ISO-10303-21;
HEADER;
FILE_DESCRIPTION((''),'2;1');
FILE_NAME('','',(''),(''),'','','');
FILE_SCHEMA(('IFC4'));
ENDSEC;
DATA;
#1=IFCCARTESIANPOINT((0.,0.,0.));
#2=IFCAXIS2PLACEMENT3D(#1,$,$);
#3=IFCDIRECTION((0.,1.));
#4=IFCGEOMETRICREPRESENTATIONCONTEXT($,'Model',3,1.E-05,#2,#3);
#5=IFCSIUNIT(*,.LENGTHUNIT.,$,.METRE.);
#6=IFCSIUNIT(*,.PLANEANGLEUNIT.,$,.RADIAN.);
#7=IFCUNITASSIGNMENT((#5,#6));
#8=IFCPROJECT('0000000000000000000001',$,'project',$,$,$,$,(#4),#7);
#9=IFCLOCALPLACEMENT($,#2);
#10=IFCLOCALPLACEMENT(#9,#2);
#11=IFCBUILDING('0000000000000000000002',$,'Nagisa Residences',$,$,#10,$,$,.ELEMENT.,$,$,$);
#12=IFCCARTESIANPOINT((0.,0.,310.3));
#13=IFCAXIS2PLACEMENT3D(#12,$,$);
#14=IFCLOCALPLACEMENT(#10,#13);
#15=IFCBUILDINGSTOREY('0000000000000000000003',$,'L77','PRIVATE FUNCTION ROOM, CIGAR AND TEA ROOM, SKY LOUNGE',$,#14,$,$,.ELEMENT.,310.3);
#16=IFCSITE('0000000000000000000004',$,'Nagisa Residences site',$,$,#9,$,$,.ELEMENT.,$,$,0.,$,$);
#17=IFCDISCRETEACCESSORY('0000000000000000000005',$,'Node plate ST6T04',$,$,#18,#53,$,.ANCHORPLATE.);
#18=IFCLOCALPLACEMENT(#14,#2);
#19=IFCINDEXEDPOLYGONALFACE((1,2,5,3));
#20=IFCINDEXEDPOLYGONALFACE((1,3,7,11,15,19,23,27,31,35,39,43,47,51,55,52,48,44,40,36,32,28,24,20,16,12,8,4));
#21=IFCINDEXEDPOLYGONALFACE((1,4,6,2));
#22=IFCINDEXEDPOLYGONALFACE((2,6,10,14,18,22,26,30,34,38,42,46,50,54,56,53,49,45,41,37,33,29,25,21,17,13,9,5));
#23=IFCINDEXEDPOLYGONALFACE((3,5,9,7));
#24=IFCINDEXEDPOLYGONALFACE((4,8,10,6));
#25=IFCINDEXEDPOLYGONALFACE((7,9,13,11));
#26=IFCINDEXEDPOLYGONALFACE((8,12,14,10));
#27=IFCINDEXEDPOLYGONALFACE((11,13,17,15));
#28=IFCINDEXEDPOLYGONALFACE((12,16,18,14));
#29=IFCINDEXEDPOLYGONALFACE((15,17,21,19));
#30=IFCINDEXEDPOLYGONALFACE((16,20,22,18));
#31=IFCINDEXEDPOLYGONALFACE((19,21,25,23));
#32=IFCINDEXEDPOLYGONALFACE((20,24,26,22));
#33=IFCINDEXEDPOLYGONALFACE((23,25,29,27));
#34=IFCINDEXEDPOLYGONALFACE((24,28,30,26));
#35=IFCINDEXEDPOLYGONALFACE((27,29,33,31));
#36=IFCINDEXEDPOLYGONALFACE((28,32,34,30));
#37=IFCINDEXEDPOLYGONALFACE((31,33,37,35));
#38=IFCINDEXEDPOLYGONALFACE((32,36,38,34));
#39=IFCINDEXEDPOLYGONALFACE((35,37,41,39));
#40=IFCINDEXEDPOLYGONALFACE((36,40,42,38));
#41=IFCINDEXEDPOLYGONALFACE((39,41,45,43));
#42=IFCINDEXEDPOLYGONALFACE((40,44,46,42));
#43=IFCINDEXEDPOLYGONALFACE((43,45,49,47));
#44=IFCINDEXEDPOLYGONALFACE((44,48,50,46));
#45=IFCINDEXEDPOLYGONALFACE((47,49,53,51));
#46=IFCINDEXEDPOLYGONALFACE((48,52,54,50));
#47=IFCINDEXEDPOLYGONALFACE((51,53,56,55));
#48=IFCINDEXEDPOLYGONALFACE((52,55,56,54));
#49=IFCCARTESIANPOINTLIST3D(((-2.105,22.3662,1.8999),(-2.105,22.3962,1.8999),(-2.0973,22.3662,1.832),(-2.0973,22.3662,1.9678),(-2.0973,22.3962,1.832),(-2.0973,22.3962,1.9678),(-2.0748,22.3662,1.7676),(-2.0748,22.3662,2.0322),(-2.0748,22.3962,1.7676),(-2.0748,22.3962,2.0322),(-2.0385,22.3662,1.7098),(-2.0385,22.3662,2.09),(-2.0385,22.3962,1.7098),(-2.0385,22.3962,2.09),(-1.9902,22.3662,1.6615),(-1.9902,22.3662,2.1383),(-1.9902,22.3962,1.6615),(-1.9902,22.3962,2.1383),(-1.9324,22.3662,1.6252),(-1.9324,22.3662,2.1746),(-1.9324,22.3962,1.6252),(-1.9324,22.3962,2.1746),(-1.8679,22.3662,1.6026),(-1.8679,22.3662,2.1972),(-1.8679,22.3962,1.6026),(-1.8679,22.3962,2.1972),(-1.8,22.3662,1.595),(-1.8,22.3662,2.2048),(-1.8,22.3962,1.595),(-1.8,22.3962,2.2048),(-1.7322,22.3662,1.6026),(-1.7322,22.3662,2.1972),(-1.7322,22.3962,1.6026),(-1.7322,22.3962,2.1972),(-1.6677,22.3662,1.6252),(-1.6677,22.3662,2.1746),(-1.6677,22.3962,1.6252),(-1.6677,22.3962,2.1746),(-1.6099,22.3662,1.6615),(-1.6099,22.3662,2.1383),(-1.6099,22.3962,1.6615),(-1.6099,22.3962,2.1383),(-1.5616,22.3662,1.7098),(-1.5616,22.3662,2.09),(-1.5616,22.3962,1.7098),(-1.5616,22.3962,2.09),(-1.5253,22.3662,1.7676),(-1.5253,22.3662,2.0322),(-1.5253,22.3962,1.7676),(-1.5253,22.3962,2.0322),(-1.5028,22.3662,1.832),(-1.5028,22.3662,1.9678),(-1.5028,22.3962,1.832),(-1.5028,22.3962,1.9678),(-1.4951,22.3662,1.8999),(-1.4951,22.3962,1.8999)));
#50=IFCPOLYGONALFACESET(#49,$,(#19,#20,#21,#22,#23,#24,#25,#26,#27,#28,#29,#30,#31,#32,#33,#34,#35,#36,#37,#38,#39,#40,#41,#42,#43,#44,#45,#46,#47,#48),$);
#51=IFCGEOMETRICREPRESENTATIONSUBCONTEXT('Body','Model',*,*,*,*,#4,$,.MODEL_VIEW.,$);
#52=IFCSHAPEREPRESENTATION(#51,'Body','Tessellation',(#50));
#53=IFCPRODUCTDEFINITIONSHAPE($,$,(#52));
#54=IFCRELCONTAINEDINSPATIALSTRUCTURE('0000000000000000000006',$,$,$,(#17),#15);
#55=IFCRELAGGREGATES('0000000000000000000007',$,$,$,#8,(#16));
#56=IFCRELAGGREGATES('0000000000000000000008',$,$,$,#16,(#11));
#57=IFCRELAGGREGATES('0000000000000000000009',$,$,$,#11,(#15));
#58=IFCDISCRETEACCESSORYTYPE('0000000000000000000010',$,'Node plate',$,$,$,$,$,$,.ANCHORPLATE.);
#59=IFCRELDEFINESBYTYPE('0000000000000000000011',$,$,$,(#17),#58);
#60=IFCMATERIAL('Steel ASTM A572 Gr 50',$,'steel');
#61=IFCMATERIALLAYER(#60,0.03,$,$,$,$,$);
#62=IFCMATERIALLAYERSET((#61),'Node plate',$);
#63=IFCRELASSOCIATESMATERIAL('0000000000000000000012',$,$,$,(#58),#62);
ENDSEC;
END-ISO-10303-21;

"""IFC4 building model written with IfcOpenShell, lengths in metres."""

from ifc_helpers import new_model, si_unit, direction, frame, origin, origin_2d, place, context, subcontext, project, spatial, circle, extrude, material, layer, layer_set, type_object, element, save


model = new_model("IFC4")

# Units and contexts
model_context = context("Model", 3, precision=1e-05, world=origin(), true_north=direction((0.0, 1.0)))
body_context = subcontext(model_context, "Body", "Model", "MODEL_VIEW")
ifc_project = project(units=[si_unit("LENGTHUNIT", "METRE"), si_unit("PLANEANGLEUNIT", "RADIAN")], contexts=[model_context])

# Site, building, storey
site_placement = place(None, origin())
site = spatial("IfcSite", under=ifc_project, at=site_placement, Name="Nagisa Residences site", CompositionType="ELEMENT", RefElevation=0.0)
building_placement = place(site_placement, origin())
building = spatial("IfcBuilding", under=site, at=building_placement, Name="Nagisa Residences", CompositionType="ELEMENT")
storey_placement = place(building_placement, frame((0.0, 0.0, 310.3)))
storey = spatial("IfcBuildingStorey", under=building, at=storey_placement, Name="L77", Description="PRIVATE FUNCTION ROOM, CIGAR AND TEA ROOM, SKY LOUNGE", CompositionType="ELEMENT", Elevation=310.3)

# Discrete accessory
ifc_material_1 = material(Name="Steel ASTM A572 Gr 50", Category="steel")
ifc_layer_1 = layer(ifc_material_1, 0.03)
ifc_layer_set_1 = layer_set([ifc_layer_1], Name="Node plate")
discrete_accessory_type_1 = type_object("IfcDiscreteAccessoryType", Name="Node plate", PredefinedType="ANCHORPLATE", material=ifc_layer_set_1)
discrete_accessory_placement = place(storey_placement, frame((-1.8, 22.3962, 1.8999), z_axis=(0.0, -1.0, 0.0), x_axis=(1.0, 0.0, 0.0)))
element("IfcDiscreteAccessory", 1, at=discrete_accessory_placement, inside=storey, type_object=discrete_accessory_type_1, Name="Node plate ST6T04", PredefinedType="ANCHORPLATE", context=body_context, shape_type="SweptSolid", body=[
    extrude(circle(Radius=0.3049, at=origin_2d()), origin(), (0.0, 0.0, 1.0), 0.03),
])

save(model, "model.ifc")
